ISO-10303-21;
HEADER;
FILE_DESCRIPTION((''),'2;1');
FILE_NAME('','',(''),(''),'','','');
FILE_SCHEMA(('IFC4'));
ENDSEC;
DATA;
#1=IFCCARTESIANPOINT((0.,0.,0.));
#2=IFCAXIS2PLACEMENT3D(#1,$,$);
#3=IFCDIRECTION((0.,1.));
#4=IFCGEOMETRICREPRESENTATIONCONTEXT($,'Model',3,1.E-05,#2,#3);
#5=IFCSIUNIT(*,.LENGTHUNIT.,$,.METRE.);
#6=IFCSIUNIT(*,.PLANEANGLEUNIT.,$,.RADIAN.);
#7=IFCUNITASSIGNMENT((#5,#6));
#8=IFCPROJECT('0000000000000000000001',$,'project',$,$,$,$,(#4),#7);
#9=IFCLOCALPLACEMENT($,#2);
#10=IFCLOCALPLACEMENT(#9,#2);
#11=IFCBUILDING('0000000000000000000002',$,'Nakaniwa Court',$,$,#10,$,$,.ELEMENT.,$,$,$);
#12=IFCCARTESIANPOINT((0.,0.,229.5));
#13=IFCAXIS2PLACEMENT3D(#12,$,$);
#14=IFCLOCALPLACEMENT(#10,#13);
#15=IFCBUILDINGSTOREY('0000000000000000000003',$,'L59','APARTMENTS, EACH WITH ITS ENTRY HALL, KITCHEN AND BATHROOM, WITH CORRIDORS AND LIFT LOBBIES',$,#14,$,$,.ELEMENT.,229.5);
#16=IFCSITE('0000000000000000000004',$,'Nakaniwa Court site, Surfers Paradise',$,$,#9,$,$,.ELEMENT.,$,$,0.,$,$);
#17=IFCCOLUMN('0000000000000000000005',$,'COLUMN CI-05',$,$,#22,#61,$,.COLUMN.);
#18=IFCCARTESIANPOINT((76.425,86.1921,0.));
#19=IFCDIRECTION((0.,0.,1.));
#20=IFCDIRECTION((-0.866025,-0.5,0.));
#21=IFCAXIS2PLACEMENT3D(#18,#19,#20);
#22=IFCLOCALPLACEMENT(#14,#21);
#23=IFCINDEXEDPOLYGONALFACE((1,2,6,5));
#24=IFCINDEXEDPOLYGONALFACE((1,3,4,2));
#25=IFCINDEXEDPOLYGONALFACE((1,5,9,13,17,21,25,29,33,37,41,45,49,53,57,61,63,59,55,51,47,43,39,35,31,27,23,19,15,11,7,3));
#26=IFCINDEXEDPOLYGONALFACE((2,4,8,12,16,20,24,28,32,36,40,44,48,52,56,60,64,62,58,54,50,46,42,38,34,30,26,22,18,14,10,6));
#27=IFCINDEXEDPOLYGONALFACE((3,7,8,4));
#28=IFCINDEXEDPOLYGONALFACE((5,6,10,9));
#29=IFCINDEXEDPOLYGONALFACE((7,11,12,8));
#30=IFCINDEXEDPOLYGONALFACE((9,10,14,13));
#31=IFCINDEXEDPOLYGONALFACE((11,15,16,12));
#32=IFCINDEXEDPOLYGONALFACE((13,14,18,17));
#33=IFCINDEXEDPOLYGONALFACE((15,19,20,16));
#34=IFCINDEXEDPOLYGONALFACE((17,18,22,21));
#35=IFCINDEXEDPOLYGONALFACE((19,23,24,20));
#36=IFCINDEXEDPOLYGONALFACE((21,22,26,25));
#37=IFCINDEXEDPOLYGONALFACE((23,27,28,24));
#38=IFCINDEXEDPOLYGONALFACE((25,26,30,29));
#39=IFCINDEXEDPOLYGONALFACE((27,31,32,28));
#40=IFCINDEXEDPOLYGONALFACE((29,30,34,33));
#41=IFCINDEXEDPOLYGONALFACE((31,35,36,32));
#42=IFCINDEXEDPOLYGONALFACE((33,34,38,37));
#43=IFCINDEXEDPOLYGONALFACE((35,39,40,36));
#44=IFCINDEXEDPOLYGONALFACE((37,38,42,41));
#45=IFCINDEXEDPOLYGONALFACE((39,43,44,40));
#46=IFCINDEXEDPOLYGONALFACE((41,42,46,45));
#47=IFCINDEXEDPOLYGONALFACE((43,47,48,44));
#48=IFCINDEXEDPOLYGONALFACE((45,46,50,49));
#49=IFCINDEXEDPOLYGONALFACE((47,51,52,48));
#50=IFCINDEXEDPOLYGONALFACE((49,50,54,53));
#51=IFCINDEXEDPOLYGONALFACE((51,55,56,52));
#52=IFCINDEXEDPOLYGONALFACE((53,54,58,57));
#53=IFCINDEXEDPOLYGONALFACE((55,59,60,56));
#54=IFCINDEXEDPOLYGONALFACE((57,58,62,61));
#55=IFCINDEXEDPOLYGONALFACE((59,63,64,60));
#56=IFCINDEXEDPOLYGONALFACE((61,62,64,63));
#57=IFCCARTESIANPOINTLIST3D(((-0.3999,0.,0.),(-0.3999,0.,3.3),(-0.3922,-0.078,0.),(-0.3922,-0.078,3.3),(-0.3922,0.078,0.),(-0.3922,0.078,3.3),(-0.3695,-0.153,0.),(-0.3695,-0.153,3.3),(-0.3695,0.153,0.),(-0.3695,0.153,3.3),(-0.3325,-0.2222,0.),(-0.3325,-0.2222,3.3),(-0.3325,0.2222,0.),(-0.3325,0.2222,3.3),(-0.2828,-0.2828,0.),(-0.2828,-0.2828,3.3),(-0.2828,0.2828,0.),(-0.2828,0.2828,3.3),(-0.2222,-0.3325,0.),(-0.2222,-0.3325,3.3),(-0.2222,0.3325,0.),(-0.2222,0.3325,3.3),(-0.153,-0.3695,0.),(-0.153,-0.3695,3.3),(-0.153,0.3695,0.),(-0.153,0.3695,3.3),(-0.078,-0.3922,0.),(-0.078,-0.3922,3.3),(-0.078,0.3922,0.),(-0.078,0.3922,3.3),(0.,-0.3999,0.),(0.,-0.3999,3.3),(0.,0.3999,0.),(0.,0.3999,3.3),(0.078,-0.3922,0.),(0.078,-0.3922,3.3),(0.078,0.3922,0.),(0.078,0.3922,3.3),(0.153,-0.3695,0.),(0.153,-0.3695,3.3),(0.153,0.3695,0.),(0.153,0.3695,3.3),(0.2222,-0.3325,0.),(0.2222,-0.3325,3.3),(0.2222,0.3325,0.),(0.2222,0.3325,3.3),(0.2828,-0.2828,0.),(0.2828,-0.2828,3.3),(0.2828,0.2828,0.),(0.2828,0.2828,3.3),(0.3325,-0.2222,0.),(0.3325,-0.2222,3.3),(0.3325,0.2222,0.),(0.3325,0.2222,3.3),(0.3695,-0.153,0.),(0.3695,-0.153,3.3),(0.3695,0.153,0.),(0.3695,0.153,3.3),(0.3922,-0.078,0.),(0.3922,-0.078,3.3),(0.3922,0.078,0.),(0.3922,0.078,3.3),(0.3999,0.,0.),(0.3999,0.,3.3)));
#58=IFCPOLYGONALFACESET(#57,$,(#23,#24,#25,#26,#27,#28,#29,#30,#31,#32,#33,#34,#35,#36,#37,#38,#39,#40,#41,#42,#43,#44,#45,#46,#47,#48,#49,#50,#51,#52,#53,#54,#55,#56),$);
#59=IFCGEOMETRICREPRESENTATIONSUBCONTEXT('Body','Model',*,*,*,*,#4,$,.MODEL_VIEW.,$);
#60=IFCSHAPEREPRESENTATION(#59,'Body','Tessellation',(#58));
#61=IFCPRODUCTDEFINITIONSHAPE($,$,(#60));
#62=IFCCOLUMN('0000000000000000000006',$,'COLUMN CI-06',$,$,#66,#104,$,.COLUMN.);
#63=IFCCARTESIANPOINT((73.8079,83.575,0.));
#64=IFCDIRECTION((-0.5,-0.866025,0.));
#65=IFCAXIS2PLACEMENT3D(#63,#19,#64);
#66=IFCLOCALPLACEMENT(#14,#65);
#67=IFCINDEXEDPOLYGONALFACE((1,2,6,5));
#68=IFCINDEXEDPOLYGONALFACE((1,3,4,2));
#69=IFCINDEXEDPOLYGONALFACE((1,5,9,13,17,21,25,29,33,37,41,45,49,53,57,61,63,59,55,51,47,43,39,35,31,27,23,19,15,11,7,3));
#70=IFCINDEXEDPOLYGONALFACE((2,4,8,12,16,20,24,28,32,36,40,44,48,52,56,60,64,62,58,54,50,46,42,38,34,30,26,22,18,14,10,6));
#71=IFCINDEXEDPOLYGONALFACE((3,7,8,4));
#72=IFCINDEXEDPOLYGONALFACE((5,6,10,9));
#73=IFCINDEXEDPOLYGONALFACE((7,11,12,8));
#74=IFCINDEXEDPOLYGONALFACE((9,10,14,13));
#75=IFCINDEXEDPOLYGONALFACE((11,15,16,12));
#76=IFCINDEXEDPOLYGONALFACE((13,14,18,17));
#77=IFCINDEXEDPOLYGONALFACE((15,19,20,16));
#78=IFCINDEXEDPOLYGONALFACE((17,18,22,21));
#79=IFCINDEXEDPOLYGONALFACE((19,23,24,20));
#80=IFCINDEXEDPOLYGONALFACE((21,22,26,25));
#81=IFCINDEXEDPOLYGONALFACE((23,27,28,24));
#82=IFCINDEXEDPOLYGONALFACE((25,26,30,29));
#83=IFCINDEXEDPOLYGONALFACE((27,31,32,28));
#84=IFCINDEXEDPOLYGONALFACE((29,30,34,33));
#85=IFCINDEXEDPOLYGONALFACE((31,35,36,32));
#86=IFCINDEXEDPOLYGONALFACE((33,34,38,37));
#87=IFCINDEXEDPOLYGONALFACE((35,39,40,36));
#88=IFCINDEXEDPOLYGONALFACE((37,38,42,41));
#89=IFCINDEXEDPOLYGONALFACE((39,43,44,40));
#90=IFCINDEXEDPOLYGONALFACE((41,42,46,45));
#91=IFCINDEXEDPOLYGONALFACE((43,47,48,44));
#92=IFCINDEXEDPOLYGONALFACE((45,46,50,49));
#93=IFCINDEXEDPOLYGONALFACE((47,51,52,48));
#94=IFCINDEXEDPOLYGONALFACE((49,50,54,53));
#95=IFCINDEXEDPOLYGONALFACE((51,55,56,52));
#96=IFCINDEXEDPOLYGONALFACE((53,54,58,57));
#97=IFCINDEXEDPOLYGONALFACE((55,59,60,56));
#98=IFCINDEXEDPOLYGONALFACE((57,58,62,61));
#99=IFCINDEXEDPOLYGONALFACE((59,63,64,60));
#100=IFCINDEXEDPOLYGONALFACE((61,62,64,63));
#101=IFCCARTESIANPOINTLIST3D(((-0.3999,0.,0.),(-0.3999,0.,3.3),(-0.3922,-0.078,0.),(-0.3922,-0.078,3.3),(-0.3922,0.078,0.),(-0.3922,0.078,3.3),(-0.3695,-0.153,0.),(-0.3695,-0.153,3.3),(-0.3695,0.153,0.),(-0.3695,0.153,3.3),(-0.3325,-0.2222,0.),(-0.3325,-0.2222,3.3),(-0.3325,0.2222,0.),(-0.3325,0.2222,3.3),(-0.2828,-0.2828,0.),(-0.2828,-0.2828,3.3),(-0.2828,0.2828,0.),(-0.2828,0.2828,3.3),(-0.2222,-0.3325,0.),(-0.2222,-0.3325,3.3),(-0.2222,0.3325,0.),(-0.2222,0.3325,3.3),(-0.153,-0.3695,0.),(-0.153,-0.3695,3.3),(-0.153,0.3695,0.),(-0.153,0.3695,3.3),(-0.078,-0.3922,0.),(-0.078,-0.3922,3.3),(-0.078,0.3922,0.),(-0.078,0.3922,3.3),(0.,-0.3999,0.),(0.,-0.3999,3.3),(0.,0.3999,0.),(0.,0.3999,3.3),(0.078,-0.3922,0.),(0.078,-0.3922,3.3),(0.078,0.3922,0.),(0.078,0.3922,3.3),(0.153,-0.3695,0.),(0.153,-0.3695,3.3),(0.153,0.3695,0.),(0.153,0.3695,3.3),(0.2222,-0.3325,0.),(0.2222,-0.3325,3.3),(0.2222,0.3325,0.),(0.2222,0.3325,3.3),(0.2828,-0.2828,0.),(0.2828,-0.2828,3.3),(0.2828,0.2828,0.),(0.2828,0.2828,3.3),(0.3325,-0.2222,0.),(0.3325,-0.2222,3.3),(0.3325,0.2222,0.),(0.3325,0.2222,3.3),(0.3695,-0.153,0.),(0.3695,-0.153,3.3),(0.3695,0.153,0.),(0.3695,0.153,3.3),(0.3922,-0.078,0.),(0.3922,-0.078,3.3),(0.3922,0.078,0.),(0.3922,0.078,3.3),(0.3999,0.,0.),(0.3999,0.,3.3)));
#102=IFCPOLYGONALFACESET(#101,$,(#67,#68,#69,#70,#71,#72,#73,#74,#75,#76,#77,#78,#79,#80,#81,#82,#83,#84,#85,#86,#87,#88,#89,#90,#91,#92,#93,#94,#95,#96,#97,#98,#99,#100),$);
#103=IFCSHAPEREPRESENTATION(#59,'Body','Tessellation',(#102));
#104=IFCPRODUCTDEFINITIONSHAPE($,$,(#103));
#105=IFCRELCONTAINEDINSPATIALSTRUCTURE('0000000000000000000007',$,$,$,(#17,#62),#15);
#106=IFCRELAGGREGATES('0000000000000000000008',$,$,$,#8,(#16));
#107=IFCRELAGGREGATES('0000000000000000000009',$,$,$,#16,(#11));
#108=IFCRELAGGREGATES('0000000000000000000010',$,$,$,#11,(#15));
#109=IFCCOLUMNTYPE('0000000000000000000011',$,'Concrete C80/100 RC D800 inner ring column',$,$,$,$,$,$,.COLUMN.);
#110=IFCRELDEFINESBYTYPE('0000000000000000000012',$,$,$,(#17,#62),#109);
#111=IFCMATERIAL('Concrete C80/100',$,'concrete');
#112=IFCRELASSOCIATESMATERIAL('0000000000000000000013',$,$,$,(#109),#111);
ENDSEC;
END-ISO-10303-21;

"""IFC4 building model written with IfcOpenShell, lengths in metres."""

from ifc_helpers import new_model, si_unit, direction, frame, origin, origin_2d, place, context, subcontext, project, spatial, circle, extrude, material, material_profile, profile_set, type_object, element, save


model = new_model("IFC4")

# Units and contexts
model_context = context("Model", 3, precision=1e-05, world=origin(), true_north=direction((0.0, 1.0)))
body_context = subcontext(model_context, "Body", "Model", "MODEL_VIEW")
ifc_project = project(units=[si_unit("LENGTHUNIT", "METRE"), si_unit("PLANEANGLEUNIT", "RADIAN")], contexts=[model_context])

# Site, building, storey
site_placement = place(None, origin())
site = spatial("IfcSite", under=ifc_project, at=site_placement, Name="Nakaniwa Court site, Surfers Paradise", CompositionType="ELEMENT", RefElevation=0.0)
building_placement = place(site_placement, origin())
building = spatial("IfcBuilding", under=site, at=building_placement, Name="Nakaniwa Court", CompositionType="ELEMENT")
storey_placement = place(building_placement, frame((0.0, 0.0, 229.5)))
storey = spatial("IfcBuildingStorey", under=building, at=storey_placement, Name="L59", Description="APARTMENTS, EACH WITH ITS ENTRY HALL, KITCHEN AND BATHROOM, WITH CORRIDORS AND LIFT LOBBIES", CompositionType="ELEMENT", Elevation=229.5)

# Columns
ifc_material_1 = material(Name="Concrete C80/100", Category="concrete")
ifc_material_profile_1 = material_profile(ifc_material_1, circle(Radius=0.3999, at=origin_2d()), Name="Concrete C80/100 RC D800 inner ring column")
ifc_profile_set_1 = profile_set([ifc_material_profile_1], Name="Concrete C80/100")
column_type_1 = type_object("IfcColumnType", Name="Concrete C80/100 RC D800 inner ring column", PredefinedType="COLUMN", material=ifc_profile_set_1)
for number, where, z_axis, x_axis, name in (
    (1, (76.425, 86.1921, 0.0), (0.0, 0.0, 1.0), (-0.866025, -0.5, 0.0), "COLUMN CI-05"),
    (2, (73.8079, 83.575, 0.0), (0.0, 0.0, 1.0), (-0.5, -0.866025, 0.0), "COLUMN CI-06"),
):
    element("IfcColumn", number, at=place(storey_placement, frame(where, z_axis=z_axis, x_axis=x_axis)), inside=storey, type_object=column_type_1, Name=name, PredefinedType="COLUMN", context=body_context, shape_type="SweptSolid", body=[
        extrude(circle(Radius=0.3999, at=origin_2d()), origin(), (0.0, 0.0, 1.0), 3.3),
    ])

save(model, "model.ifc")
